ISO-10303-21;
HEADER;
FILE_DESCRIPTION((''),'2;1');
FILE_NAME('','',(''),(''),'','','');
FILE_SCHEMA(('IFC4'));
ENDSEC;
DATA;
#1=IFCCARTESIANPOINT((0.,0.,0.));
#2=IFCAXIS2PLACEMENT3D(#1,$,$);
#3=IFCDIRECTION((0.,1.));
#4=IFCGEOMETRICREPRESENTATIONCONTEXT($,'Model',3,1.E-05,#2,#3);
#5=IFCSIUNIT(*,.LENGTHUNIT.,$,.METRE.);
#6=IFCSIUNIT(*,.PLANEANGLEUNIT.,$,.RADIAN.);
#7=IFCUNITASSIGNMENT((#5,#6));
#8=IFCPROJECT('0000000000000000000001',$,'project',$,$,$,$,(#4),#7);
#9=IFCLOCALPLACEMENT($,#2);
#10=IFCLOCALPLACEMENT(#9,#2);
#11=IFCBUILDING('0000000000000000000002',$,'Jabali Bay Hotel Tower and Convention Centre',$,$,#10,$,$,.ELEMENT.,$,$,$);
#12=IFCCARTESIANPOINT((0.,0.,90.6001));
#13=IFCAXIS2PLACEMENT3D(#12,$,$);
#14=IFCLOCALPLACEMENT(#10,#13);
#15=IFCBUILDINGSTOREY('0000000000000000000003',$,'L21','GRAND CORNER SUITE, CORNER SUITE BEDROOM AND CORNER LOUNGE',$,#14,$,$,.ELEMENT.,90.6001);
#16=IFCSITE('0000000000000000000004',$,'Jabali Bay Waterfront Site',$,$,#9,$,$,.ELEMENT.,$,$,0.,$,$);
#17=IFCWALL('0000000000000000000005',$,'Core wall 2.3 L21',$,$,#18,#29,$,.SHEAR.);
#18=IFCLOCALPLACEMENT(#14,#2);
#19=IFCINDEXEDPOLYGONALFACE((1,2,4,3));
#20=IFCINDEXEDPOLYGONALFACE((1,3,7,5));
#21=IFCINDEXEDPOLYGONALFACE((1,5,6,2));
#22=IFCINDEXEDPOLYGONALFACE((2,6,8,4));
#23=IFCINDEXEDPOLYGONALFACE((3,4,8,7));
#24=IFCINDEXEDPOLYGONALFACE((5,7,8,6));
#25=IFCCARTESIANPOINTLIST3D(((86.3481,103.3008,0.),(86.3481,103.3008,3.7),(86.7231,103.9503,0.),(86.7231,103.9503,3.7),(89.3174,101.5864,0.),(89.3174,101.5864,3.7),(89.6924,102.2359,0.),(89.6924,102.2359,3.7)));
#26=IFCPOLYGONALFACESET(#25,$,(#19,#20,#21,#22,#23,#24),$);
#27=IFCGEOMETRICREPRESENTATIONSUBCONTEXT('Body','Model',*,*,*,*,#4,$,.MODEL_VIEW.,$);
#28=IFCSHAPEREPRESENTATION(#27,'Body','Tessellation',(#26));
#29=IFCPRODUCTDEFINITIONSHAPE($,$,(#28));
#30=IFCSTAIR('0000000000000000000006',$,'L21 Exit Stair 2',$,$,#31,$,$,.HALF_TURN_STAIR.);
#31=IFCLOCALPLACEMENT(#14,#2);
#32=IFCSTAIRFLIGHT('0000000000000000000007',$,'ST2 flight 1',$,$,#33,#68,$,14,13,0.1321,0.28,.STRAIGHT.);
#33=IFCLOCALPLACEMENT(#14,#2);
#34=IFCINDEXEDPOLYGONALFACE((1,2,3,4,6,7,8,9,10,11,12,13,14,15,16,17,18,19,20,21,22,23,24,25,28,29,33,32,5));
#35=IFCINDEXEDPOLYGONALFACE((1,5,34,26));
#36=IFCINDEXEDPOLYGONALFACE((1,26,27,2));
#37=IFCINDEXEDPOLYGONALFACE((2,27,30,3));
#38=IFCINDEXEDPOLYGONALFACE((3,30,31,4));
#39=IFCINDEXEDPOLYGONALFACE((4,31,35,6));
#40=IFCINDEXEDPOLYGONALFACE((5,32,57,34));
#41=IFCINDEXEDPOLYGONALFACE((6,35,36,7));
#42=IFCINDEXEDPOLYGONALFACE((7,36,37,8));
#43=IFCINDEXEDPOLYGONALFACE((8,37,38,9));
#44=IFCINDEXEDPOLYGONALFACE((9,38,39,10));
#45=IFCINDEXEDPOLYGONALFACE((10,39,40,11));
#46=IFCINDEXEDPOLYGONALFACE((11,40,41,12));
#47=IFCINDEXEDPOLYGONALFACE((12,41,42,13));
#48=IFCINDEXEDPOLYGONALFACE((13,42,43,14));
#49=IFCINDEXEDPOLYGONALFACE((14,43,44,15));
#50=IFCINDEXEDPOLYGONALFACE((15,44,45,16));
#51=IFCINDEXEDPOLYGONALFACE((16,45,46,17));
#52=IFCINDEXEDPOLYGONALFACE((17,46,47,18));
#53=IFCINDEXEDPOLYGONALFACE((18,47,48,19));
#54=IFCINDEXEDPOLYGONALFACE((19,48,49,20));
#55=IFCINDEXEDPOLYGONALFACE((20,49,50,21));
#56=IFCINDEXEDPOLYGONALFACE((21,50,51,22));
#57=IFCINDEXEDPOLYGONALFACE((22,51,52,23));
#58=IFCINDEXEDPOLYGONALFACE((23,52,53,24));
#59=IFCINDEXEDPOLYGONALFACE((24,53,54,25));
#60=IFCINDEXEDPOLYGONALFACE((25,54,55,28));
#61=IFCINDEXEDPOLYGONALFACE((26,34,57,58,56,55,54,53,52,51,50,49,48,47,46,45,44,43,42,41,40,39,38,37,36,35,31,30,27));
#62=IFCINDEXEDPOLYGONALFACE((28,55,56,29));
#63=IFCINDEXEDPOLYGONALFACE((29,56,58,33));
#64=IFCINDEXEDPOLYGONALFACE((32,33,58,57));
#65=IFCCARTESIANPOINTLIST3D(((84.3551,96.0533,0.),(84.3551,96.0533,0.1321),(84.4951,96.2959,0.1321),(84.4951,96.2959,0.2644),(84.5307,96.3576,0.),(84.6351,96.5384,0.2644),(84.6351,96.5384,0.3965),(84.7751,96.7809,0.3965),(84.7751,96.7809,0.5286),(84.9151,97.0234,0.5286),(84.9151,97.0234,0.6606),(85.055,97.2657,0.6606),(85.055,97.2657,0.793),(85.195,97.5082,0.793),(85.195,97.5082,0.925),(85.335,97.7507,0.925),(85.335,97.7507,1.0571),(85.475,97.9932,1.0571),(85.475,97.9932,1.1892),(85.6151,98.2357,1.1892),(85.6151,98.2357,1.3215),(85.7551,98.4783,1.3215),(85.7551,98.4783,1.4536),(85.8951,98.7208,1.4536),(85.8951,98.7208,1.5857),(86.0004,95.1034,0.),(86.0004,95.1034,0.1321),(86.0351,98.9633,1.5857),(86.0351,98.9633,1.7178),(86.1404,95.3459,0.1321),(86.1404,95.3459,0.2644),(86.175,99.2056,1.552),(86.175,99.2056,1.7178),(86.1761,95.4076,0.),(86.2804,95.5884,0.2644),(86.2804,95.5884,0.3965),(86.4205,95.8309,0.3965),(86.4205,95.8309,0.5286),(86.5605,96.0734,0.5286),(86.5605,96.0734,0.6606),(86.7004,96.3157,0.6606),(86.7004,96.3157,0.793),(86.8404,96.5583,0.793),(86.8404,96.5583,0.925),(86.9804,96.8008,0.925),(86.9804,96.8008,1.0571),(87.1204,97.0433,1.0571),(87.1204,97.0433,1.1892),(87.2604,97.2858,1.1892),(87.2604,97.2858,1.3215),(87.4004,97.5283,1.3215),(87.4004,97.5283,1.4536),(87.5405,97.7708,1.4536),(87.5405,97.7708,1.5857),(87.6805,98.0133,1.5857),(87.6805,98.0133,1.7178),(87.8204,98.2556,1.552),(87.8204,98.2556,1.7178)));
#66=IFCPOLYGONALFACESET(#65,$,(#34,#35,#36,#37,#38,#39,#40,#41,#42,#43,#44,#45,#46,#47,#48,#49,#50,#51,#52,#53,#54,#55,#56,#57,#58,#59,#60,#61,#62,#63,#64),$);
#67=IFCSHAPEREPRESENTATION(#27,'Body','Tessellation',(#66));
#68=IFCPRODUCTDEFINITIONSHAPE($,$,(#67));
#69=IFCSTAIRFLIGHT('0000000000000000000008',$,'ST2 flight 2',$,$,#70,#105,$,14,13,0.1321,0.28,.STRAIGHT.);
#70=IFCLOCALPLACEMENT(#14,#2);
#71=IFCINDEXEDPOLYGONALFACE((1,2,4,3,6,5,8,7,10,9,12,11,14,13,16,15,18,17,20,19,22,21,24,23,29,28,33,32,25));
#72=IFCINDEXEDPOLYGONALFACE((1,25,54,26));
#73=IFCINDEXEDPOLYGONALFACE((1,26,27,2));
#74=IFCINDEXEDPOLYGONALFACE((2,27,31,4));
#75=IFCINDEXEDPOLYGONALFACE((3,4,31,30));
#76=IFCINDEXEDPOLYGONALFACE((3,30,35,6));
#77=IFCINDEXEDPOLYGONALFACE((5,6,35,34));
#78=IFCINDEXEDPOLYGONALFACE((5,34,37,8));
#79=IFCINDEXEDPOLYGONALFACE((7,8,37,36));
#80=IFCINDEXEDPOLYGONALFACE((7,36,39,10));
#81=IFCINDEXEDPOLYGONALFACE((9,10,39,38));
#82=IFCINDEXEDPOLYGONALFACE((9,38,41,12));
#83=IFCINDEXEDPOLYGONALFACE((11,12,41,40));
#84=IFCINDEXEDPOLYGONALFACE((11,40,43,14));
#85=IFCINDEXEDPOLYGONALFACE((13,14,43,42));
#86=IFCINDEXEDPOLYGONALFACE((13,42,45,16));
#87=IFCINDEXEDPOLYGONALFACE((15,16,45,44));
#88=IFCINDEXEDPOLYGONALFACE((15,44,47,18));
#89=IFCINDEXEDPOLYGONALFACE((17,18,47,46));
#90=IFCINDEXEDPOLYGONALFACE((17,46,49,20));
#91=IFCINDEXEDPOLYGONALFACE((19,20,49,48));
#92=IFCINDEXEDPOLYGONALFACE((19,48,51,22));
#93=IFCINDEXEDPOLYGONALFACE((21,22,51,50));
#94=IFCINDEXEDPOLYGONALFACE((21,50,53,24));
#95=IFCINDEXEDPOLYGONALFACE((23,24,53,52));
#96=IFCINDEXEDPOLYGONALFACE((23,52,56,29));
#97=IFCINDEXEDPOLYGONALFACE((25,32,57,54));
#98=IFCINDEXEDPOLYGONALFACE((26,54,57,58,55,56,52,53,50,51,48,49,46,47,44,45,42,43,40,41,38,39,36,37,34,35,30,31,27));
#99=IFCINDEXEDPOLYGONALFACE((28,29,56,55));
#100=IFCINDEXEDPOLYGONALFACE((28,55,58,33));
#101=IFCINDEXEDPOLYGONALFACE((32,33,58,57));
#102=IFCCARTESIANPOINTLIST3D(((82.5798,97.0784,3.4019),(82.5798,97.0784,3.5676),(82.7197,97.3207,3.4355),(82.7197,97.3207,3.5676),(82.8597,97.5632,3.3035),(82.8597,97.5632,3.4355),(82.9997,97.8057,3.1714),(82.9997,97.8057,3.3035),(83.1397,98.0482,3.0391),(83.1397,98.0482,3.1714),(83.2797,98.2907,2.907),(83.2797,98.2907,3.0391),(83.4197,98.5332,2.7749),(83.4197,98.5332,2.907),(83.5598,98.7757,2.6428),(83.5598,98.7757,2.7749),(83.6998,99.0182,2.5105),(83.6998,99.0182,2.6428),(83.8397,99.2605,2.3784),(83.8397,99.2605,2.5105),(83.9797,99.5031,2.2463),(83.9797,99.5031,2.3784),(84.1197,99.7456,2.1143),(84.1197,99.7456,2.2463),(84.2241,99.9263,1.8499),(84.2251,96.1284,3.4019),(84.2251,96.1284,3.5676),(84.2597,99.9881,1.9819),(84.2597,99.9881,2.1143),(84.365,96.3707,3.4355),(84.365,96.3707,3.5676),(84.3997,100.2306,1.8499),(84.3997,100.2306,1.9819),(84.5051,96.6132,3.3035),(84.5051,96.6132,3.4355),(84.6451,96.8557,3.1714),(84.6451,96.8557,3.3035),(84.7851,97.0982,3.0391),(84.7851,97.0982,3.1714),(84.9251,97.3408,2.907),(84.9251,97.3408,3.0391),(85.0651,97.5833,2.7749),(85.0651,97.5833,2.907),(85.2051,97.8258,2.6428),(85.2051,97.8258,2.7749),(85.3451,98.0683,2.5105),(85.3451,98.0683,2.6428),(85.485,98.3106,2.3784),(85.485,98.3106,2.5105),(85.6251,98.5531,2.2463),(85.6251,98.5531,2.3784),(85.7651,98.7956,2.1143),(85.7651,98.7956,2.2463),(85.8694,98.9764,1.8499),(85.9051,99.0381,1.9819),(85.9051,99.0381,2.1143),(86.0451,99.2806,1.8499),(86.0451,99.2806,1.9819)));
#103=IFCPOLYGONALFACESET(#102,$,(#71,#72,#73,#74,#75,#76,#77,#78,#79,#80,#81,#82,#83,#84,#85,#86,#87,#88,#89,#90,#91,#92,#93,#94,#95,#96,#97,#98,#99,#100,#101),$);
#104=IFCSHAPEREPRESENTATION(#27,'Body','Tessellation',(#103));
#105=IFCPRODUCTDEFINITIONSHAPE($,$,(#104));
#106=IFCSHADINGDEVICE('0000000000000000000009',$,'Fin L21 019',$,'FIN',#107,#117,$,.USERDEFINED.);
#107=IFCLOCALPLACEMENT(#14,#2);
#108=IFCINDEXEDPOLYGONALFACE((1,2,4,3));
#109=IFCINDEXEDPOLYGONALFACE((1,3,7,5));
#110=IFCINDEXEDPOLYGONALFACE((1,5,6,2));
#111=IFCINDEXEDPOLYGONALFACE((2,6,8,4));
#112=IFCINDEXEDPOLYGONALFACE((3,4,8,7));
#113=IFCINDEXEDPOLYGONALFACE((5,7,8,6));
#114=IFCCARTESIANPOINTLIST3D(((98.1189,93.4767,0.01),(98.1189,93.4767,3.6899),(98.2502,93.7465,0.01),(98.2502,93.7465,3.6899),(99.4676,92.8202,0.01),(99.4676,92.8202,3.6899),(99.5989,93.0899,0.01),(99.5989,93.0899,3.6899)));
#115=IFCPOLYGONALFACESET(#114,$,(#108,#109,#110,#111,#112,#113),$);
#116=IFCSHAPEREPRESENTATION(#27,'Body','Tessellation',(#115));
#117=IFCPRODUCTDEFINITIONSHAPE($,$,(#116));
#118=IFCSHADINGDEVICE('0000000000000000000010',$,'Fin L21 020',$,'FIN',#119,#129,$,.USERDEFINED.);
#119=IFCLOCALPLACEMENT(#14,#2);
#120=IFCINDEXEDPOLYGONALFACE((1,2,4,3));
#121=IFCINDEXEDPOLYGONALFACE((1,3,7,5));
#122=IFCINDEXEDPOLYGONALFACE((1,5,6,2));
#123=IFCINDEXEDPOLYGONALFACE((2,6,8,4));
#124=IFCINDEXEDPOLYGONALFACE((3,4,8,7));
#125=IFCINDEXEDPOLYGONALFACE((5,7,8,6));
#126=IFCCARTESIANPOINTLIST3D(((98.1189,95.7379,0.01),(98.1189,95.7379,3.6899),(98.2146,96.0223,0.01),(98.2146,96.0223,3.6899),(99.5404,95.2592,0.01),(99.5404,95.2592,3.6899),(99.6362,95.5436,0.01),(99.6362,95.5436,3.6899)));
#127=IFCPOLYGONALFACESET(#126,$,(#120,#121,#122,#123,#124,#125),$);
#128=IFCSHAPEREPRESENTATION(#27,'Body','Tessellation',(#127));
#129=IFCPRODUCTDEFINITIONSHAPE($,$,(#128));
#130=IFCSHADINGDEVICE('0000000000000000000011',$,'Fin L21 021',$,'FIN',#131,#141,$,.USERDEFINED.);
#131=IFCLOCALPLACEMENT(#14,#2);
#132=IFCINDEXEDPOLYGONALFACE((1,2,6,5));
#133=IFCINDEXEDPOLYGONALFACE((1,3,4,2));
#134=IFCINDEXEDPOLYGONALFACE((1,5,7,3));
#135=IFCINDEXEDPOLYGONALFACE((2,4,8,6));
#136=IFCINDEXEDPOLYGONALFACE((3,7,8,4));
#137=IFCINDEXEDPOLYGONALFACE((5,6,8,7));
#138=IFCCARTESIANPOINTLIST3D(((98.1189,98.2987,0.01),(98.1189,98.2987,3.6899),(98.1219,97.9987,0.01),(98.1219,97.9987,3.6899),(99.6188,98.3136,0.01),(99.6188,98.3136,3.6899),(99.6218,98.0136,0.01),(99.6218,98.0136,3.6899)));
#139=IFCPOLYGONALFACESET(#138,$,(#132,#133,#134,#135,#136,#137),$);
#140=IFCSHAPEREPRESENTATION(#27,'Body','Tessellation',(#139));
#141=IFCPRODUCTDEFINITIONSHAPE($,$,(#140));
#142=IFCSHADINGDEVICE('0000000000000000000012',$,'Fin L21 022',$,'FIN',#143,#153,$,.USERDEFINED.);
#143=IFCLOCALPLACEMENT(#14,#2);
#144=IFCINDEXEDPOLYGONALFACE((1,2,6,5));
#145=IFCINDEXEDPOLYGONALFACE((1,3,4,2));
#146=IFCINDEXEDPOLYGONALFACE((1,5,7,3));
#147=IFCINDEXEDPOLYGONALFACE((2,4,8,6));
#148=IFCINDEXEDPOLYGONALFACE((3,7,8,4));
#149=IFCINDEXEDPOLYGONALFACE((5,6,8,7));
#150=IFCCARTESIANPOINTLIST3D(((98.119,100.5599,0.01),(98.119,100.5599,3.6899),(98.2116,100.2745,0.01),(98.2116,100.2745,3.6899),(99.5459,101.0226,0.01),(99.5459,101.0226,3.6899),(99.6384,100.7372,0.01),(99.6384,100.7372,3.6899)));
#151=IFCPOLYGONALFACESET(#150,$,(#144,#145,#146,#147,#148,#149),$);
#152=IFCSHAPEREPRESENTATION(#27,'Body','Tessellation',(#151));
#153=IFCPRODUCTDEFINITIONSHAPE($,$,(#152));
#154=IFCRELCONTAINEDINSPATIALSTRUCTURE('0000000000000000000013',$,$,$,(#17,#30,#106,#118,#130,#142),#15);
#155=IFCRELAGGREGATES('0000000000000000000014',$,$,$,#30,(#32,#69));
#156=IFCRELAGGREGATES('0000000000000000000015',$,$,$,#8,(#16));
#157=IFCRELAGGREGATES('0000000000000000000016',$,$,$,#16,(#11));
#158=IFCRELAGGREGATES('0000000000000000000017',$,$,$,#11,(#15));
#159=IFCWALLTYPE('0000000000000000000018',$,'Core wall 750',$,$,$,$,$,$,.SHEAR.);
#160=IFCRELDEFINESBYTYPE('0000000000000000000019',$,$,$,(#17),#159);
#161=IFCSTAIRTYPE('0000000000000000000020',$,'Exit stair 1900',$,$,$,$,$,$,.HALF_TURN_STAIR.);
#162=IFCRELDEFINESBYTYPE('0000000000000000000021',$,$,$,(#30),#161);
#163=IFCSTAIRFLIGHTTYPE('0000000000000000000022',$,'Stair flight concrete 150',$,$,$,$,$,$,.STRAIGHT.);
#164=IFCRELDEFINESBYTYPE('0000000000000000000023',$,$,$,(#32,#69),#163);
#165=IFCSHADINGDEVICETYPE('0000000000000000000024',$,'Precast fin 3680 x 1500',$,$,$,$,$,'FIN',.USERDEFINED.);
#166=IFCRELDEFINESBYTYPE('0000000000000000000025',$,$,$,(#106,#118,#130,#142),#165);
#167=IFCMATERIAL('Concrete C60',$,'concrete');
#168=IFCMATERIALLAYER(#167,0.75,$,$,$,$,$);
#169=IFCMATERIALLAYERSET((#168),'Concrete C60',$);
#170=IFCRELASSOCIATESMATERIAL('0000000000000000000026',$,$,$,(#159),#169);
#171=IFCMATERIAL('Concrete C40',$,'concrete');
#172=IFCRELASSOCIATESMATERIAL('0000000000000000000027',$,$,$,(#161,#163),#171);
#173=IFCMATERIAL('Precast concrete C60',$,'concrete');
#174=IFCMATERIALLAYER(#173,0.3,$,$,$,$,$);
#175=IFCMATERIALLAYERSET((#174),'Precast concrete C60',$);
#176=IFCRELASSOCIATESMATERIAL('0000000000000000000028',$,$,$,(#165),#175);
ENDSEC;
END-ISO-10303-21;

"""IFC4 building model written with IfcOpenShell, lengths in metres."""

from ifc_helpers import new_model, si_unit, direction, frame, frame_2d, origin, place, context, subcontext, project, spatial, polyline, rectangle, outline, extrude, material, layer, layer_set, type_object, element, aggregate, save


model = new_model("IFC4")

# Units and contexts
model_context = context("Model", 3, precision=1e-05, world=origin(), true_north=direction((0.0, 1.0)))
body_context = subcontext(model_context, "Body", "Model", "MODEL_VIEW")
ifc_project = project(units=[si_unit("LENGTHUNIT", "METRE"), si_unit("PLANEANGLEUNIT", "RADIAN")], contexts=[model_context])

# Site, building, storey
site_placement = place(None, origin())
site = spatial("IfcSite", under=ifc_project, at=site_placement, Name="Jabali Bay Waterfront Site", CompositionType="ELEMENT", RefElevation=0.0)
building_placement = place(site_placement, origin())
building = spatial("IfcBuilding", under=site, at=building_placement, Name="Jabali Bay Hotel Tower and Convention Centre", CompositionType="ELEMENT")
storey_placement = place(building_placement, frame((0.0, 0.0, 90.6001)))
storey = spatial("IfcBuildingStorey", under=building, at=storey_placement, Name="L21", Description="GRAND CORNER SUITE, CORNER SUITE BEDROOM AND CORNER LOUNGE", CompositionType="ELEMENT", Elevation=90.6001)

# Shared definitions
ifc_material_1 = material(Name="Concrete C60", Category="concrete")

# Shared definitions
ifc_material_2 = material(Name="Concrete C40", Category="concrete")

# Wall
ifc_layer_1 = layer(ifc_material_1, 0.75)
ifc_layer_set_1 = layer_set([ifc_layer_1], Name="Concrete C60")
wall_type_1 = type_object("IfcWallType", Name="Core wall 750", PredefinedType="SHEAR", material=ifc_layer_set_1)
wall_1_placement = place(storey_placement, frame((89.5049, 101.9111, 0.0), z_axis=(0.0, 0.0, 1.0), x_axis=(-0.866017, 0.500014, 0.0)))
element("IfcWall", 1, at=wall_1_placement, inside=storey, type_object=wall_type_1, Name="Core wall 2.3 L21", PredefinedType="SHEAR", context=body_context, shape_type="SweptSolid", body=[
    extrude(rectangle(XDim=3.4287, YDim=0.75, at=frame_2d((1.7144, 0.0))), origin(), (0.0, 0.0, 1.0), 3.7),
])

# Stair, stair flights
stair_type = type_object("IfcStairType", Name="Exit stair 1900", PredefinedType="HALF_TURN_STAIR", material=ifc_material_2)
stair_placement = place(storey_placement, origin())
stair = element("IfcStair", 2, at=stair_placement, inside=storey, type_object=stair_type, Name="L21 Exit Stair 2", PredefinedType="HALF_TURN_STAIR")
stair_flight_type = type_object("IfcStairFlightType", Name="Stair flight concrete 150", PredefinedType="STRAIGHT", material=ifc_material_2)
stair_flight_1_placement = place(storey_placement, frame((85.1777, 95.5784, 0.0), z_axis=(0.0, 0.0, 1.0), x_axis=(0.5, 0.866025, 0.0)))
stair_flight_1 = element("IfcStairFlight", 3, at=stair_flight_1_placement, type_object=stair_flight_type, Name="ST2 flight 1", NumberOfRisers=14, NumberOfTreads=13, PredefinedType="STRAIGHT", RiserHeight=0.1321, TreadLength=0.28, context=body_context, shape_type="SweptSolid", body=[
    extrude(outline(polyline([(0.0, 0.0), (0.0, 0.1321), (0.28, 0.1321), (0.28, 0.2644), (0.5601, 0.2644), (0.5601, 0.3965), (0.8401, 0.3965), (0.8401, 0.5286), (1.1201, 0.5286), (1.1201, 0.6606), (1.3999, 0.6606), (1.3999, 0.793), (1.6799, 0.793), (1.6799, 0.925), (1.96, 0.925), (1.96, 1.0571), (2.24, 1.0571), (2.24, 1.1892), (2.52, 1.1892), (2.52, 1.3215), (2.8, 1.3215), (2.8, 1.4536), (3.0801, 1.4536), (3.0801, 1.5857), (3.3601, 1.5857), (3.3601, 1.7178), (3.6399, 1.7178), (3.6399, 1.8501), (3.6399, 1.552), (0.3513, 0.0), (0.0, 0.0)])), frame((0.0, 0.95, 0.0), z_axis=(0.0, -1.0, 0.0), x_axis=(1.0, 0.0, 0.0)), (0.0, 0.0, 1.0), 1.8999),
])
stair_flight_2_placement = place(storey_placement, frame((85.2224, 99.7556, 1.8499), z_axis=(0.0, 0.0, 1.0), x_axis=(-0.5, -0.866025, 0.0)))
stair_flight_2 = element("IfcStairFlight", 4, at=stair_flight_2_placement, type_object=stair_flight_type, Name="ST2 flight 2", NumberOfRisers=14, NumberOfTreads=13, PredefinedType="STRAIGHT", RiserHeight=0.1321, TreadLength=0.28, context=body_context, shape_type="SweptSolid", body=[
    extrude(outline(polyline([(0.0, 0.0), (0.0, 0.1321), (0.28, 0.1321), (0.28, 0.2644), (0.5601, 0.2644), (0.5601, 0.3965), (0.8401, 0.3965), (0.8401, 0.5286), (1.1201, 0.5286), (1.1201, 0.6606), (1.3999, 0.6606), (1.3999, 0.793), (1.6799, 0.793), (1.6799, 0.925), (1.96, 0.925), (1.96, 1.0571), (2.24, 1.0571), (2.24, 1.1892), (2.52, 1.1892), (2.52, 1.3215), (2.8, 1.3215), (2.8, 1.4536), (3.0801, 1.4536), (3.0801, 1.5857), (3.3601, 1.5857), (3.3601, 1.7178), (3.6399, 1.7178), (3.6399, 1.8501), (3.6399, 1.552), (0.3513, 0.0), (0.0, 0.0)])), frame((0.0, 0.95, 0.0), z_axis=(0.0, -1.0, 0.0), x_axis=(1.0, 0.0, 0.0)), (0.0, 0.0, 1.0), 1.8999),
])
aggregate(stair, [stair_flight_1, stair_flight_2])

# Shading devices
ifc_material_3 = material(Name="Precast concrete C60", Category="concrete")
ifc_layer_2 = layer(ifc_material_3, 0.3)
ifc_layer_set_2 = layer_set([ifc_layer_2], Name="Precast concrete C60")
shading_device_type = type_object("IfcShadingDeviceType", Name="Precast fin 3680 x 1500", ElementType="FIN", PredefinedType="USERDEFINED", material=ifc_layer_set_2)
for number, where, z_axis, x_axis, name in (
    (5, (98.1846, 93.6116, 0.01), (0.0, 0.0, 1.0), (0.899129, -0.437683, 0.0), "Fin L21 019"),
    (6, (98.1667, 95.8801, 0.01), (0.0, 0.0, 1.0), (0.947702, -0.319156, 0.0), "Fin L21 020"),
    (7, (98.1204, 98.1487, 0.01), (0.0, 0.0, 1.0), (0.999951, 0.009928, 0.0), "Fin L21 021"),
    (8, (98.1653, 100.4172, 0.01), (0.0, 0.0, 1.0), (0.95124, 0.308453, 0.0), "Fin L21 022"),
):
    element("IfcShadingDevice", number, at=place(storey_placement, frame(where, z_axis=z_axis, x_axis=x_axis)), inside=storey, type_object=shading_device_type, Name=name, ObjectType="FIN", PredefinedType="USERDEFINED", context=body_context, shape_type="SweptSolid", body=[
        extrude(rectangle(XDim=1.5, YDim=0.3, at=frame_2d((0.75, 0.0))), origin(), (0.0, 0.0, 1.0), 3.6799),
    ])

save(model, "model.ifc")
